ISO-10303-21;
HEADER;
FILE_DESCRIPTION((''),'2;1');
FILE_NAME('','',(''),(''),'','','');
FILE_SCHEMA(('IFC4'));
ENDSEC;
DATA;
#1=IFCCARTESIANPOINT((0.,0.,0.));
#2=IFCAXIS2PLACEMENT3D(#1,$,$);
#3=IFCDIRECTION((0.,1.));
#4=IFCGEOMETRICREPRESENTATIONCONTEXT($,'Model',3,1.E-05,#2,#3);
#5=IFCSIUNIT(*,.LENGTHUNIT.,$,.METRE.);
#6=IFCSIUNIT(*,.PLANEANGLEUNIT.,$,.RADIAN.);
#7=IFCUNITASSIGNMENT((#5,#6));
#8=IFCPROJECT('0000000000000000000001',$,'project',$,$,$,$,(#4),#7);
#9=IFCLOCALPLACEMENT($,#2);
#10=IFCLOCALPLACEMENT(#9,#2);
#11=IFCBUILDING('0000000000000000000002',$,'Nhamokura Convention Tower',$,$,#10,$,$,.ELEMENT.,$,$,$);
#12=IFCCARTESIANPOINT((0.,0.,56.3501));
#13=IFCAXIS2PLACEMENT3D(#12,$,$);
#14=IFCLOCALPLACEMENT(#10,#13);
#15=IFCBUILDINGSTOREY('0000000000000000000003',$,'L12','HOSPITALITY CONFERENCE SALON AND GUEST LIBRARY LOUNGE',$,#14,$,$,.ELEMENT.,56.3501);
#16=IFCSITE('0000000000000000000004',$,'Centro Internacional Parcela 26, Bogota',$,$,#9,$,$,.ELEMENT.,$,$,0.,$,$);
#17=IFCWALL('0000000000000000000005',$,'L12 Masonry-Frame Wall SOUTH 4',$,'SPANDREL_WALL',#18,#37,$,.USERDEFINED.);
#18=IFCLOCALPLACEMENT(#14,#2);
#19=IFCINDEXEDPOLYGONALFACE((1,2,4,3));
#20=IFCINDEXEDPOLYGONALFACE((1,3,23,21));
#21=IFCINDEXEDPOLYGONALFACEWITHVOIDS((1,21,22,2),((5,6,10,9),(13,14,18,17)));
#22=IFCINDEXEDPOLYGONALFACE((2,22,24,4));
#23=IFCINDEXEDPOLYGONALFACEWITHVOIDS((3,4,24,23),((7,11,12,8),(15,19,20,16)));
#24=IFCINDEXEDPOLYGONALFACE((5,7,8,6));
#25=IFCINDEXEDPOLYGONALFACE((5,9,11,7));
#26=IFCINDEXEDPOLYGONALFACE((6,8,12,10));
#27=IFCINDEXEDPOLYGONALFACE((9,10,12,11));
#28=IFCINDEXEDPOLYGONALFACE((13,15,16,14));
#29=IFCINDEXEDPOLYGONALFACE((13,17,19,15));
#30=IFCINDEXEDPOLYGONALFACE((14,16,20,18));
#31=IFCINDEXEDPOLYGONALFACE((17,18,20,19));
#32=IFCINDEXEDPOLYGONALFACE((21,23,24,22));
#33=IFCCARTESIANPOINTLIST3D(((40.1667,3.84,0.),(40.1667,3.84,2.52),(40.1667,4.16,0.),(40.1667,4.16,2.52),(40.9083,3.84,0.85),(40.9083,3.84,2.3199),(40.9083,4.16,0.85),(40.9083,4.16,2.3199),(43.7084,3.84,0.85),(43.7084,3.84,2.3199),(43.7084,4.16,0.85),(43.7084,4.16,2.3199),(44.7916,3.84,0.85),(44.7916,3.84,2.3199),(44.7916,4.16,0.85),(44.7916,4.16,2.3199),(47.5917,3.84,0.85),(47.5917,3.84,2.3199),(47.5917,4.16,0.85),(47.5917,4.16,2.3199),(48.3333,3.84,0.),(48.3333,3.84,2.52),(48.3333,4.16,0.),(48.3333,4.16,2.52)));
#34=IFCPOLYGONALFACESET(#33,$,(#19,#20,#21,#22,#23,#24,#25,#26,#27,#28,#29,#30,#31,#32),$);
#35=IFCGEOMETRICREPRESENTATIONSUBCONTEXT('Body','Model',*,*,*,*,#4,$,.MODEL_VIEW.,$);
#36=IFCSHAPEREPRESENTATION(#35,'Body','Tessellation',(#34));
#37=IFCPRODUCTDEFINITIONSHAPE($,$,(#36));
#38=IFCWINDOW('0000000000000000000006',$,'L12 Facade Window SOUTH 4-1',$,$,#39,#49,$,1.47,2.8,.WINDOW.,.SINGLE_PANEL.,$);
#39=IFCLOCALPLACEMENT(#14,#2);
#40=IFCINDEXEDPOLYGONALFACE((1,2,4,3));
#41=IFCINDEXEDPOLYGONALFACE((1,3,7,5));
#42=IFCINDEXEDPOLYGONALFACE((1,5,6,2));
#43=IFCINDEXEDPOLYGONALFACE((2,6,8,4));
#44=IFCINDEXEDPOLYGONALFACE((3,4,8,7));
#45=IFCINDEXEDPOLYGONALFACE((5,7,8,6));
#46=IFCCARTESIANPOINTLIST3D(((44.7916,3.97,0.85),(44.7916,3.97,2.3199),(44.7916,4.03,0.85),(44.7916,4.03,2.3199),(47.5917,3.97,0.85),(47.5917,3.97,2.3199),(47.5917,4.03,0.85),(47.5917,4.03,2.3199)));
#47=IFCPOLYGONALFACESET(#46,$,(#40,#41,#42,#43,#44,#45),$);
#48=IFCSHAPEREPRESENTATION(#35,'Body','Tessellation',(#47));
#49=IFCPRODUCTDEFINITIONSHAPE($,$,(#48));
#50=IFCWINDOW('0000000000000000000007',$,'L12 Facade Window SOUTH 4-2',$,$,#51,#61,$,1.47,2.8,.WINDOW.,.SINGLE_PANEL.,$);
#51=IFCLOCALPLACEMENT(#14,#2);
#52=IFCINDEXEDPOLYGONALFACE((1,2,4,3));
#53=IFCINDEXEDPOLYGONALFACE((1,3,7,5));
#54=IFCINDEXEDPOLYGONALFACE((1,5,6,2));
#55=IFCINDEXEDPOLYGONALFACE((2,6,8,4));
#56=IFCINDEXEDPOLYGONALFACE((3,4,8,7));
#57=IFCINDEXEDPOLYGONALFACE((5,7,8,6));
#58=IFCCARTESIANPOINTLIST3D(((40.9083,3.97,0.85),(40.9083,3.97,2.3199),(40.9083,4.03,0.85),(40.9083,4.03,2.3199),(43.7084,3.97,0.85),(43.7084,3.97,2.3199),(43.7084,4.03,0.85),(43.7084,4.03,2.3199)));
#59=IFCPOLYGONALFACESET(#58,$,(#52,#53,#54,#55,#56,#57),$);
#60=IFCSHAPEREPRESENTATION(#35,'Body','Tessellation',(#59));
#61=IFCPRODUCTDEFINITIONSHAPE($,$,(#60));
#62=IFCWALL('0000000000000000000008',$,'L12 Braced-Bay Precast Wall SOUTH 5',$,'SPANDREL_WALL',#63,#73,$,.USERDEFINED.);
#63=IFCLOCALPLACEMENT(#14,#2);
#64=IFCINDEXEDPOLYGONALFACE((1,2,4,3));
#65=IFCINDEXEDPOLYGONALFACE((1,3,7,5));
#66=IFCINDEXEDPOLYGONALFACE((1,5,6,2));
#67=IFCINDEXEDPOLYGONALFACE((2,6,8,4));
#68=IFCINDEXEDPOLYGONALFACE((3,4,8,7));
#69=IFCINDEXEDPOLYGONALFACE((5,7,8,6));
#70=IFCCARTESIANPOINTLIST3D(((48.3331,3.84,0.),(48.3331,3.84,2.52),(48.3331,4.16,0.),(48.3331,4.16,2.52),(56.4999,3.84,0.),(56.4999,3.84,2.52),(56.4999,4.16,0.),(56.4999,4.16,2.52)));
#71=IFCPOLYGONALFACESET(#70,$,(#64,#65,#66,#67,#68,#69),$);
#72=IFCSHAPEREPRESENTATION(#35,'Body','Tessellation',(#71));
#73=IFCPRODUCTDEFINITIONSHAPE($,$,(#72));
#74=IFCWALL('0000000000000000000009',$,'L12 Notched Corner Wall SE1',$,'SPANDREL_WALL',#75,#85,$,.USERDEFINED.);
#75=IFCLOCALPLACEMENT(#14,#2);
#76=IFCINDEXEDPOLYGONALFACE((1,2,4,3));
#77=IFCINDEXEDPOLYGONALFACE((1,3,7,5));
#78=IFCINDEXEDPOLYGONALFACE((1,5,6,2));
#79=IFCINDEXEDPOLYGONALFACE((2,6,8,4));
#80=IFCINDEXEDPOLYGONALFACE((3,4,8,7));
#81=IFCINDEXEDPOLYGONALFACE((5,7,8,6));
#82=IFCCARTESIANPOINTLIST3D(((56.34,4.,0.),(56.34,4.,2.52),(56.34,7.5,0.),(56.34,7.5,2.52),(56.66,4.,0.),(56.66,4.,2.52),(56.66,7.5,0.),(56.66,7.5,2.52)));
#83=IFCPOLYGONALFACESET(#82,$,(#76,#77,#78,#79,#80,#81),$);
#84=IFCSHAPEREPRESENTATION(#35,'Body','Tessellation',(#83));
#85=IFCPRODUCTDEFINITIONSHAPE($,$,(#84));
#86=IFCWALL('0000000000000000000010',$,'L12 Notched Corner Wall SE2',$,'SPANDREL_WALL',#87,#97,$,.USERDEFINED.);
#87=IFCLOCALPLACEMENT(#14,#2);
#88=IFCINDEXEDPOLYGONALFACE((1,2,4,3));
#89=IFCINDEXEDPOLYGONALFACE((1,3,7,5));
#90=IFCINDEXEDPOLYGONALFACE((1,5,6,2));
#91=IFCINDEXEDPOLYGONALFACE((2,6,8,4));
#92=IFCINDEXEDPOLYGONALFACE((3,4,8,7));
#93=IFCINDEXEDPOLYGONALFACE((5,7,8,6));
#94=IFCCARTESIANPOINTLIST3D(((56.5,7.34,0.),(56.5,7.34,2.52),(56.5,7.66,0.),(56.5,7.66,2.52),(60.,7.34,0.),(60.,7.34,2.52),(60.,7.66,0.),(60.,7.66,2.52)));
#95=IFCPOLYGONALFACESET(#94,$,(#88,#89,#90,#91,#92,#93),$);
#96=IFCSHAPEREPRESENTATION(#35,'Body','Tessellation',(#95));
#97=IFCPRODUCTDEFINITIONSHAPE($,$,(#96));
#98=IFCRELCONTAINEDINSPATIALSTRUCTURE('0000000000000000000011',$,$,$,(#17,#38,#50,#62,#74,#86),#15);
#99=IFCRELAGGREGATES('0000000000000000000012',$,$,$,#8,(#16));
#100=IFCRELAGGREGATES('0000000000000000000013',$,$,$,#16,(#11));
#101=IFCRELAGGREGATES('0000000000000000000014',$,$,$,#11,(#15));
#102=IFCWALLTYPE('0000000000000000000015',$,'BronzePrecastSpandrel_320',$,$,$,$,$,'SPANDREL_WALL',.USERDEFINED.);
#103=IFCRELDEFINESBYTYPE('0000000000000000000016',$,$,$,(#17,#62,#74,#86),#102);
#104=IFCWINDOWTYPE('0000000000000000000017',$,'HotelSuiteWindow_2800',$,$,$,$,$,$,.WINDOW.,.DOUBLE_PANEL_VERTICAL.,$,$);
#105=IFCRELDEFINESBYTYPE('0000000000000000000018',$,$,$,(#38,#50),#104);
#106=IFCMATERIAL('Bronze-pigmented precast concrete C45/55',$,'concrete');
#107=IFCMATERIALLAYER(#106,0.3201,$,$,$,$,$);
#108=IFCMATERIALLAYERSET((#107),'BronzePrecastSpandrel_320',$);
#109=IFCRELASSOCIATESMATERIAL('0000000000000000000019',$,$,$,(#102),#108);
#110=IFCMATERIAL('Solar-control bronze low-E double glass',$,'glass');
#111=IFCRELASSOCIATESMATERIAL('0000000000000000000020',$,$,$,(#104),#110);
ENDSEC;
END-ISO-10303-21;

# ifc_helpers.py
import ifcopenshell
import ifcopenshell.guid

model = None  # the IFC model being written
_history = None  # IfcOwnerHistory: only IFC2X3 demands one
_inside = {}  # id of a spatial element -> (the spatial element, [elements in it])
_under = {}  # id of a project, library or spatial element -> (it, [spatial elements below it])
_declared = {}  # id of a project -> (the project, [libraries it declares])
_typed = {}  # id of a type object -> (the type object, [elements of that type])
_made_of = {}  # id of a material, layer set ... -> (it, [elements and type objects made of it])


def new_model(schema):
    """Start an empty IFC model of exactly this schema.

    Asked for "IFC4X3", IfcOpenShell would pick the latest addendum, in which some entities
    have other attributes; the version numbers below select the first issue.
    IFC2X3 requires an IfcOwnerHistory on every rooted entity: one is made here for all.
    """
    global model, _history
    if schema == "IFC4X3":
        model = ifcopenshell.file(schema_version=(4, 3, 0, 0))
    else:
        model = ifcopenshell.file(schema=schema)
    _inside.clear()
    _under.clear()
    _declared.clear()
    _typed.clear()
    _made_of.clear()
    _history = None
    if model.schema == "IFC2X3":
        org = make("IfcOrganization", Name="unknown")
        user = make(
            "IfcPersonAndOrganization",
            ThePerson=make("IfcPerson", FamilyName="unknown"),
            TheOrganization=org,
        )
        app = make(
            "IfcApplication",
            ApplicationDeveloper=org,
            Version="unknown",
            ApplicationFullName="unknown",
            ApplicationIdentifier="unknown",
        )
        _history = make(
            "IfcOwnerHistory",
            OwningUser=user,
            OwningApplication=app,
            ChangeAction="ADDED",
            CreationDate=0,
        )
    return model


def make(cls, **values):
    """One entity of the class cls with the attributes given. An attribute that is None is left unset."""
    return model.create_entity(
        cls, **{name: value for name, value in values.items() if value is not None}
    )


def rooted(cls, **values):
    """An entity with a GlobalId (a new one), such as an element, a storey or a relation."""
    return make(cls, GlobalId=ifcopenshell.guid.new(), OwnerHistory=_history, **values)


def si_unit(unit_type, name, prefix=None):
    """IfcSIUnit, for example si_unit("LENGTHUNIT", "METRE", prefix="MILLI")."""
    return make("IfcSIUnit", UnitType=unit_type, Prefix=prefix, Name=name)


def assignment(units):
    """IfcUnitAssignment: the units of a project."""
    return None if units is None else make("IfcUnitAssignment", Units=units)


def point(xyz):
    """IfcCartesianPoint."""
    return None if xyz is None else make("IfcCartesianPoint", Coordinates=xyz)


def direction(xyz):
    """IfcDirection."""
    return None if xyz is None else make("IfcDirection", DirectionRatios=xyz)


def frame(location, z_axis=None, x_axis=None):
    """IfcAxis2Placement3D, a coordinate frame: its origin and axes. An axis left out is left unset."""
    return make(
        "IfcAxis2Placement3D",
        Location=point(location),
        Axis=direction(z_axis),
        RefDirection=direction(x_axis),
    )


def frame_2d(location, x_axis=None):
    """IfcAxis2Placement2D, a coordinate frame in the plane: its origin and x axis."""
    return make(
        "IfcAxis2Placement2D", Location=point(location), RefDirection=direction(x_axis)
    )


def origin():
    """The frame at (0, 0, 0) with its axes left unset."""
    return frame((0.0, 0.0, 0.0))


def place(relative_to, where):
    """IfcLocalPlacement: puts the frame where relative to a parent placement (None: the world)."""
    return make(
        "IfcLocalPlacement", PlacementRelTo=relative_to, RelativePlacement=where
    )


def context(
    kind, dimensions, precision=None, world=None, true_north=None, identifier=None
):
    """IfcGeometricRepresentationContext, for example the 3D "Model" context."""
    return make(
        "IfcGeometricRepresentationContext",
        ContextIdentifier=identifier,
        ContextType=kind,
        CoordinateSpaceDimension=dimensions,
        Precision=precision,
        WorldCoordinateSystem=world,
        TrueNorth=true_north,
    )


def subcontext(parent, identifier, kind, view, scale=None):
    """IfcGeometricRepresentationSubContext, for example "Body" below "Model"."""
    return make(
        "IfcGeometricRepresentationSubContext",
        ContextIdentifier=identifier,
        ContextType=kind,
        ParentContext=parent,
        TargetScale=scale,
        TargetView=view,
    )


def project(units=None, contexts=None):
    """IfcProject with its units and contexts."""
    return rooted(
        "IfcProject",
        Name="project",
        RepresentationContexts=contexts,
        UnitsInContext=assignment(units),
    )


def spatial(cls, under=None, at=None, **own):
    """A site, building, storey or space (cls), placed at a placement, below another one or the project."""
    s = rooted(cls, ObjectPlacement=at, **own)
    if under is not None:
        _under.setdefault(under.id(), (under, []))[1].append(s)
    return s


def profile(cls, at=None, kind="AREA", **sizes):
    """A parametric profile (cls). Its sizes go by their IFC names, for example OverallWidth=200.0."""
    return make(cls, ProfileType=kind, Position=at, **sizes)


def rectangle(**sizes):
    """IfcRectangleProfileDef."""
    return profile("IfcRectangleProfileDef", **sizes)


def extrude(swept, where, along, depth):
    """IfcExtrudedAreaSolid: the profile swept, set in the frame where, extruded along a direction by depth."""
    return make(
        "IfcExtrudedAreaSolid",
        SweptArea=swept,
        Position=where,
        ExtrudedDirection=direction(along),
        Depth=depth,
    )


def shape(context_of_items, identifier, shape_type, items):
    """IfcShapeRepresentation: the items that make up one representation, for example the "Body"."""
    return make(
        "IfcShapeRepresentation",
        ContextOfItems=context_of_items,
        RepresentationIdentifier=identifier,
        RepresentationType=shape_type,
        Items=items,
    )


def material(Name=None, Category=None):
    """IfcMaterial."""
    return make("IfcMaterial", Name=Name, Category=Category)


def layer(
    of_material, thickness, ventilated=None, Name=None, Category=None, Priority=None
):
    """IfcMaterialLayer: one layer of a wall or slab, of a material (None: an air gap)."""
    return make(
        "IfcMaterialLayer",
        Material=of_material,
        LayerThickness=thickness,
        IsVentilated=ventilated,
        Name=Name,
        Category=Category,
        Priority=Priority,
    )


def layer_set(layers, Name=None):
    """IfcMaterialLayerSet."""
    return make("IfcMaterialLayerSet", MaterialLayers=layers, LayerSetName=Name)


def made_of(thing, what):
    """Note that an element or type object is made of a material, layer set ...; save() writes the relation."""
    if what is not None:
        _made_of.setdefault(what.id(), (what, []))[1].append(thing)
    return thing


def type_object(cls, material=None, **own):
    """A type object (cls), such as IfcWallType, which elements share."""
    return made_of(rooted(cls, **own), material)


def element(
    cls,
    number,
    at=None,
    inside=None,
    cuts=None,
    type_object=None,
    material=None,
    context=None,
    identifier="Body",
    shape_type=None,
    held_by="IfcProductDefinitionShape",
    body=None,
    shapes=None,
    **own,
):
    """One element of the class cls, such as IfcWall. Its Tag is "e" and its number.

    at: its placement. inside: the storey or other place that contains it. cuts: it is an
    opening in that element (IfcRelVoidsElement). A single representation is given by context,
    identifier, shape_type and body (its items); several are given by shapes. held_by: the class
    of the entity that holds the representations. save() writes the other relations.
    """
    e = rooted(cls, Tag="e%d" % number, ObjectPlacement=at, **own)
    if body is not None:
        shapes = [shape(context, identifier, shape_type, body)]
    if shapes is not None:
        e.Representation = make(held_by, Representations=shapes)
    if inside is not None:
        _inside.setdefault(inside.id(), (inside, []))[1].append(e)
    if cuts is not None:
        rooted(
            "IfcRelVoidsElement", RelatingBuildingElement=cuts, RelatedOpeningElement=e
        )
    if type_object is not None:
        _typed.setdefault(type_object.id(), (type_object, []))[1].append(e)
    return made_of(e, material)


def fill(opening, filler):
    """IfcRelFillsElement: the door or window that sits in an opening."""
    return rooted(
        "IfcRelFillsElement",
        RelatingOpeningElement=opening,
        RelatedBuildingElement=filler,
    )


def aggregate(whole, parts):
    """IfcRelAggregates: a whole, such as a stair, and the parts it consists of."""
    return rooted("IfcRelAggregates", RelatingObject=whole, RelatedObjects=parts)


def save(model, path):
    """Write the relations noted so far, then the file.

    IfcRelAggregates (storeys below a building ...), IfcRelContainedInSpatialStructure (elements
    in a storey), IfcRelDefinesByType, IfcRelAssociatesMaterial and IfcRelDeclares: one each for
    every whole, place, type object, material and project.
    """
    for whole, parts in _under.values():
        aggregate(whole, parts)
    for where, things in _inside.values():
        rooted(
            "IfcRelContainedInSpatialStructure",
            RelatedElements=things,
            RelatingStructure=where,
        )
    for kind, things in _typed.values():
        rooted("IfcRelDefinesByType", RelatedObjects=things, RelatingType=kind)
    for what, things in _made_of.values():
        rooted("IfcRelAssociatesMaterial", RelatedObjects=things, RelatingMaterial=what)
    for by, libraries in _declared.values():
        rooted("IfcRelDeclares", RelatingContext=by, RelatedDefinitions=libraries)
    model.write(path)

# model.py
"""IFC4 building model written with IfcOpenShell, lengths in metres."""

from ifc_helpers import new_model, si_unit, direction, frame, frame_2d, origin, place, context, subcontext, project, spatial, rectangle, extrude, material, layer, layer_set, type_object, element, fill, save


model = new_model("IFC4")

# Units and contexts
model_context = context("Model", 3, precision=1e-05, world=origin(), true_north=direction((0.0, 1.0)))
body_context = subcontext(model_context, "Body", "Model", "MODEL_VIEW")
ifc_project = project(units=[si_unit("LENGTHUNIT", "METRE"), si_unit("PLANEANGLEUNIT", "RADIAN")], contexts=[model_context])

# Site, building, storey
site_placement = place(None, origin())
site = spatial("IfcSite", under=ifc_project, at=site_placement, Name="Centro Internacional Parcela 26, Bogota", CompositionType="ELEMENT", RefElevation=0.0)
building_placement = place(site_placement, origin())
building = spatial("IfcBuilding", under=site, at=building_placement, Name="Nhamokura Convention Tower", CompositionType="ELEMENT")
storey_placement = place(building_placement, frame((0.0, 0.0, 56.3501)))
storey = spatial("IfcBuildingStorey", under=building, at=storey_placement, Name="L12", Description="HOSPITALITY CONFERENCE SALON AND GUEST LIBRARY LOUNGE", CompositionType="ELEMENT", Elevation=56.3501)

# Wall, openings, windows
ifc_material_1 = material(Name="Bronze-pigmented precast concrete C45/55", Category="concrete")
ifc_layer = layer(ifc_material_1, 0.3201)
ifc_layer_set = layer_set([ifc_layer], Name="BronzePrecastSpandrel_320")
wall_type = type_object("IfcWallType", Name="BronzePrecastSpandrel_320", ElementType="SPANDREL_WALL", PredefinedType="USERDEFINED", material=ifc_layer_set)
wall_1_placement = place(storey_placement, frame((48.3333, 4.0, 0.0), z_axis=(0.0, 0.0, 1.0), x_axis=(-1.0, 0.0, 0.0)))
wall_1 = element("IfcWall", 1, at=wall_1_placement, inside=storey, type_object=wall_type, Name="L12 Masonry-Frame Wall SOUTH 4", ObjectType="SPANDREL_WALL", PredefinedType="USERDEFINED", context=body_context, shape_type="SweptSolid", body=[
    extrude(rectangle(XDim=8.1665, YDim=0.3201, at=frame_2d((4.0833, 0.0))), origin(), (0.0, 0.0, 1.0), 2.52),
])
opening_1_placement = place(wall_1_placement, frame((0.7417, 0.0, 0.8501)))
opening_1 = element("IfcOpeningElement", 2, at=opening_1_placement, cuts=wall_1, PredefinedType="OPENING", context=body_context, shape_type="SweptSolid", body=[
    extrude(rectangle(XDim=2.8, YDim=1.47, at=frame_2d((1.3999, 0.7349))), frame((0.0, 0.1699, 0.0), z_axis=(0.0, -1.0, 0.0), x_axis=(1.0, 0.0, 0.0)), (0.0, 0.0, 1.0), 0.3401),
])
opening_2_placement = place(wall_1_placement, frame((4.625, 0.0, 0.8501)))
opening_2 = element("IfcOpeningElement", 3, at=opening_2_placement, cuts=wall_1, PredefinedType="OPENING", context=body_context, shape_type="SweptSolid", body=[
    extrude(rectangle(XDim=2.8, YDim=1.47, at=frame_2d((1.3999, 0.7349))), frame((0.0, 0.1699, 0.0), z_axis=(0.0, -1.0, 0.0), x_axis=(1.0, 0.0, 0.0)), (0.0, 0.0, 1.0), 0.3401),
])
ifc_material_2 = material(Name="Solar-control bronze low-E double glass", Category="glass")
window_type = type_object("IfcWindowType", Name="HotelSuiteWindow_2800", PartitioningType="DOUBLE_PANEL_VERTICAL", PredefinedType="WINDOW", material=ifc_material_2)
window_1_placement = place(opening_1_placement, origin())
window_1 = element("IfcWindow", 4, at=window_1_placement, inside=storey, type_object=window_type, Name="L12 Facade Window SOUTH 4-1", OverallHeight=1.47, OverallWidth=2.8, PartitioningType="SINGLE_PANEL", PredefinedType="WINDOW", context=body_context, shape_type="SweptSolid", body=[
    extrude(rectangle(XDim=2.8, YDim=1.47, at=frame_2d((1.3999, 0.7349))), frame((0.0, 0.03, 0.0), z_axis=(0.0, -1.0, 0.0), x_axis=(1.0, 0.0, 0.0)), (0.0, 0.0, 1.0), 0.0601),
])
fill(opening_1, window_1)
window_2_placement = place(opening_2_placement, origin())
window_2 = element("IfcWindow", 5, at=window_2_placement, inside=storey, type_object=window_type, Name="L12 Facade Window SOUTH 4-2", OverallHeight=1.47, OverallWidth=2.8, PartitioningType="SINGLE_PANEL", PredefinedType="WINDOW", context=body_context, shape_type="SweptSolid", body=[
    extrude(rectangle(XDim=2.8, YDim=1.47, at=frame_2d((1.3999, 0.7349))), frame((0.0, 0.03, 0.0), z_axis=(0.0, -1.0, 0.0), x_axis=(1.0, 0.0, 0.0)), (0.0, 0.0, 1.0), 0.0601),
])
fill(opening_2, window_2)

# Walls
wall_2_placement = place(storey_placement, frame((56.5, 4.0, 0.0), z_axis=(0.0, 0.0, 1.0), x_axis=(-1.0, 0.0, 0.0)))
element("IfcWall", 6, at=wall_2_placement, inside=storey, type_object=wall_type, Name="L12 Braced-Bay Precast Wall SOUTH 5", ObjectType="SPANDREL_WALL", PredefinedType="USERDEFINED", context=body_context, shape_type="SweptSolid", body=[
    extrude(rectangle(XDim=8.1667, YDim=0.3201, at=frame_2d((4.0835, 0.0))), origin(), (0.0, 0.0, 1.0), 2.52),
])
for number, where, z_axis, x_axis, name in (
    (7, (56.5, 7.5, 0.0), (0.0, 0.0, 1.0), (0.0, -1.0, 0.0), "L12 Notched Corner Wall SE1"),
    (8, (60.0, 7.5, 0.0), (0.0, 0.0, 1.0), (-1.0, 0.0, 0.0), "L12 Notched Corner Wall SE2"),
):
    element("IfcWall", number, at=place(storey_placement, frame(where, z_axis=z_axis, x_axis=x_axis)), inside=storey, type_object=wall_type, Name=name, ObjectType="SPANDREL_WALL", PredefinedType="USERDEFINED", context=body_context, shape_type="SweptSolid", body=[
        extrude(rectangle(XDim=3.5, YDim=0.3201, at=frame_2d((1.75, 0.0))), origin(), (0.0, 0.0, 1.0), 2.52),
    ])

save(model, "model.ifc")
